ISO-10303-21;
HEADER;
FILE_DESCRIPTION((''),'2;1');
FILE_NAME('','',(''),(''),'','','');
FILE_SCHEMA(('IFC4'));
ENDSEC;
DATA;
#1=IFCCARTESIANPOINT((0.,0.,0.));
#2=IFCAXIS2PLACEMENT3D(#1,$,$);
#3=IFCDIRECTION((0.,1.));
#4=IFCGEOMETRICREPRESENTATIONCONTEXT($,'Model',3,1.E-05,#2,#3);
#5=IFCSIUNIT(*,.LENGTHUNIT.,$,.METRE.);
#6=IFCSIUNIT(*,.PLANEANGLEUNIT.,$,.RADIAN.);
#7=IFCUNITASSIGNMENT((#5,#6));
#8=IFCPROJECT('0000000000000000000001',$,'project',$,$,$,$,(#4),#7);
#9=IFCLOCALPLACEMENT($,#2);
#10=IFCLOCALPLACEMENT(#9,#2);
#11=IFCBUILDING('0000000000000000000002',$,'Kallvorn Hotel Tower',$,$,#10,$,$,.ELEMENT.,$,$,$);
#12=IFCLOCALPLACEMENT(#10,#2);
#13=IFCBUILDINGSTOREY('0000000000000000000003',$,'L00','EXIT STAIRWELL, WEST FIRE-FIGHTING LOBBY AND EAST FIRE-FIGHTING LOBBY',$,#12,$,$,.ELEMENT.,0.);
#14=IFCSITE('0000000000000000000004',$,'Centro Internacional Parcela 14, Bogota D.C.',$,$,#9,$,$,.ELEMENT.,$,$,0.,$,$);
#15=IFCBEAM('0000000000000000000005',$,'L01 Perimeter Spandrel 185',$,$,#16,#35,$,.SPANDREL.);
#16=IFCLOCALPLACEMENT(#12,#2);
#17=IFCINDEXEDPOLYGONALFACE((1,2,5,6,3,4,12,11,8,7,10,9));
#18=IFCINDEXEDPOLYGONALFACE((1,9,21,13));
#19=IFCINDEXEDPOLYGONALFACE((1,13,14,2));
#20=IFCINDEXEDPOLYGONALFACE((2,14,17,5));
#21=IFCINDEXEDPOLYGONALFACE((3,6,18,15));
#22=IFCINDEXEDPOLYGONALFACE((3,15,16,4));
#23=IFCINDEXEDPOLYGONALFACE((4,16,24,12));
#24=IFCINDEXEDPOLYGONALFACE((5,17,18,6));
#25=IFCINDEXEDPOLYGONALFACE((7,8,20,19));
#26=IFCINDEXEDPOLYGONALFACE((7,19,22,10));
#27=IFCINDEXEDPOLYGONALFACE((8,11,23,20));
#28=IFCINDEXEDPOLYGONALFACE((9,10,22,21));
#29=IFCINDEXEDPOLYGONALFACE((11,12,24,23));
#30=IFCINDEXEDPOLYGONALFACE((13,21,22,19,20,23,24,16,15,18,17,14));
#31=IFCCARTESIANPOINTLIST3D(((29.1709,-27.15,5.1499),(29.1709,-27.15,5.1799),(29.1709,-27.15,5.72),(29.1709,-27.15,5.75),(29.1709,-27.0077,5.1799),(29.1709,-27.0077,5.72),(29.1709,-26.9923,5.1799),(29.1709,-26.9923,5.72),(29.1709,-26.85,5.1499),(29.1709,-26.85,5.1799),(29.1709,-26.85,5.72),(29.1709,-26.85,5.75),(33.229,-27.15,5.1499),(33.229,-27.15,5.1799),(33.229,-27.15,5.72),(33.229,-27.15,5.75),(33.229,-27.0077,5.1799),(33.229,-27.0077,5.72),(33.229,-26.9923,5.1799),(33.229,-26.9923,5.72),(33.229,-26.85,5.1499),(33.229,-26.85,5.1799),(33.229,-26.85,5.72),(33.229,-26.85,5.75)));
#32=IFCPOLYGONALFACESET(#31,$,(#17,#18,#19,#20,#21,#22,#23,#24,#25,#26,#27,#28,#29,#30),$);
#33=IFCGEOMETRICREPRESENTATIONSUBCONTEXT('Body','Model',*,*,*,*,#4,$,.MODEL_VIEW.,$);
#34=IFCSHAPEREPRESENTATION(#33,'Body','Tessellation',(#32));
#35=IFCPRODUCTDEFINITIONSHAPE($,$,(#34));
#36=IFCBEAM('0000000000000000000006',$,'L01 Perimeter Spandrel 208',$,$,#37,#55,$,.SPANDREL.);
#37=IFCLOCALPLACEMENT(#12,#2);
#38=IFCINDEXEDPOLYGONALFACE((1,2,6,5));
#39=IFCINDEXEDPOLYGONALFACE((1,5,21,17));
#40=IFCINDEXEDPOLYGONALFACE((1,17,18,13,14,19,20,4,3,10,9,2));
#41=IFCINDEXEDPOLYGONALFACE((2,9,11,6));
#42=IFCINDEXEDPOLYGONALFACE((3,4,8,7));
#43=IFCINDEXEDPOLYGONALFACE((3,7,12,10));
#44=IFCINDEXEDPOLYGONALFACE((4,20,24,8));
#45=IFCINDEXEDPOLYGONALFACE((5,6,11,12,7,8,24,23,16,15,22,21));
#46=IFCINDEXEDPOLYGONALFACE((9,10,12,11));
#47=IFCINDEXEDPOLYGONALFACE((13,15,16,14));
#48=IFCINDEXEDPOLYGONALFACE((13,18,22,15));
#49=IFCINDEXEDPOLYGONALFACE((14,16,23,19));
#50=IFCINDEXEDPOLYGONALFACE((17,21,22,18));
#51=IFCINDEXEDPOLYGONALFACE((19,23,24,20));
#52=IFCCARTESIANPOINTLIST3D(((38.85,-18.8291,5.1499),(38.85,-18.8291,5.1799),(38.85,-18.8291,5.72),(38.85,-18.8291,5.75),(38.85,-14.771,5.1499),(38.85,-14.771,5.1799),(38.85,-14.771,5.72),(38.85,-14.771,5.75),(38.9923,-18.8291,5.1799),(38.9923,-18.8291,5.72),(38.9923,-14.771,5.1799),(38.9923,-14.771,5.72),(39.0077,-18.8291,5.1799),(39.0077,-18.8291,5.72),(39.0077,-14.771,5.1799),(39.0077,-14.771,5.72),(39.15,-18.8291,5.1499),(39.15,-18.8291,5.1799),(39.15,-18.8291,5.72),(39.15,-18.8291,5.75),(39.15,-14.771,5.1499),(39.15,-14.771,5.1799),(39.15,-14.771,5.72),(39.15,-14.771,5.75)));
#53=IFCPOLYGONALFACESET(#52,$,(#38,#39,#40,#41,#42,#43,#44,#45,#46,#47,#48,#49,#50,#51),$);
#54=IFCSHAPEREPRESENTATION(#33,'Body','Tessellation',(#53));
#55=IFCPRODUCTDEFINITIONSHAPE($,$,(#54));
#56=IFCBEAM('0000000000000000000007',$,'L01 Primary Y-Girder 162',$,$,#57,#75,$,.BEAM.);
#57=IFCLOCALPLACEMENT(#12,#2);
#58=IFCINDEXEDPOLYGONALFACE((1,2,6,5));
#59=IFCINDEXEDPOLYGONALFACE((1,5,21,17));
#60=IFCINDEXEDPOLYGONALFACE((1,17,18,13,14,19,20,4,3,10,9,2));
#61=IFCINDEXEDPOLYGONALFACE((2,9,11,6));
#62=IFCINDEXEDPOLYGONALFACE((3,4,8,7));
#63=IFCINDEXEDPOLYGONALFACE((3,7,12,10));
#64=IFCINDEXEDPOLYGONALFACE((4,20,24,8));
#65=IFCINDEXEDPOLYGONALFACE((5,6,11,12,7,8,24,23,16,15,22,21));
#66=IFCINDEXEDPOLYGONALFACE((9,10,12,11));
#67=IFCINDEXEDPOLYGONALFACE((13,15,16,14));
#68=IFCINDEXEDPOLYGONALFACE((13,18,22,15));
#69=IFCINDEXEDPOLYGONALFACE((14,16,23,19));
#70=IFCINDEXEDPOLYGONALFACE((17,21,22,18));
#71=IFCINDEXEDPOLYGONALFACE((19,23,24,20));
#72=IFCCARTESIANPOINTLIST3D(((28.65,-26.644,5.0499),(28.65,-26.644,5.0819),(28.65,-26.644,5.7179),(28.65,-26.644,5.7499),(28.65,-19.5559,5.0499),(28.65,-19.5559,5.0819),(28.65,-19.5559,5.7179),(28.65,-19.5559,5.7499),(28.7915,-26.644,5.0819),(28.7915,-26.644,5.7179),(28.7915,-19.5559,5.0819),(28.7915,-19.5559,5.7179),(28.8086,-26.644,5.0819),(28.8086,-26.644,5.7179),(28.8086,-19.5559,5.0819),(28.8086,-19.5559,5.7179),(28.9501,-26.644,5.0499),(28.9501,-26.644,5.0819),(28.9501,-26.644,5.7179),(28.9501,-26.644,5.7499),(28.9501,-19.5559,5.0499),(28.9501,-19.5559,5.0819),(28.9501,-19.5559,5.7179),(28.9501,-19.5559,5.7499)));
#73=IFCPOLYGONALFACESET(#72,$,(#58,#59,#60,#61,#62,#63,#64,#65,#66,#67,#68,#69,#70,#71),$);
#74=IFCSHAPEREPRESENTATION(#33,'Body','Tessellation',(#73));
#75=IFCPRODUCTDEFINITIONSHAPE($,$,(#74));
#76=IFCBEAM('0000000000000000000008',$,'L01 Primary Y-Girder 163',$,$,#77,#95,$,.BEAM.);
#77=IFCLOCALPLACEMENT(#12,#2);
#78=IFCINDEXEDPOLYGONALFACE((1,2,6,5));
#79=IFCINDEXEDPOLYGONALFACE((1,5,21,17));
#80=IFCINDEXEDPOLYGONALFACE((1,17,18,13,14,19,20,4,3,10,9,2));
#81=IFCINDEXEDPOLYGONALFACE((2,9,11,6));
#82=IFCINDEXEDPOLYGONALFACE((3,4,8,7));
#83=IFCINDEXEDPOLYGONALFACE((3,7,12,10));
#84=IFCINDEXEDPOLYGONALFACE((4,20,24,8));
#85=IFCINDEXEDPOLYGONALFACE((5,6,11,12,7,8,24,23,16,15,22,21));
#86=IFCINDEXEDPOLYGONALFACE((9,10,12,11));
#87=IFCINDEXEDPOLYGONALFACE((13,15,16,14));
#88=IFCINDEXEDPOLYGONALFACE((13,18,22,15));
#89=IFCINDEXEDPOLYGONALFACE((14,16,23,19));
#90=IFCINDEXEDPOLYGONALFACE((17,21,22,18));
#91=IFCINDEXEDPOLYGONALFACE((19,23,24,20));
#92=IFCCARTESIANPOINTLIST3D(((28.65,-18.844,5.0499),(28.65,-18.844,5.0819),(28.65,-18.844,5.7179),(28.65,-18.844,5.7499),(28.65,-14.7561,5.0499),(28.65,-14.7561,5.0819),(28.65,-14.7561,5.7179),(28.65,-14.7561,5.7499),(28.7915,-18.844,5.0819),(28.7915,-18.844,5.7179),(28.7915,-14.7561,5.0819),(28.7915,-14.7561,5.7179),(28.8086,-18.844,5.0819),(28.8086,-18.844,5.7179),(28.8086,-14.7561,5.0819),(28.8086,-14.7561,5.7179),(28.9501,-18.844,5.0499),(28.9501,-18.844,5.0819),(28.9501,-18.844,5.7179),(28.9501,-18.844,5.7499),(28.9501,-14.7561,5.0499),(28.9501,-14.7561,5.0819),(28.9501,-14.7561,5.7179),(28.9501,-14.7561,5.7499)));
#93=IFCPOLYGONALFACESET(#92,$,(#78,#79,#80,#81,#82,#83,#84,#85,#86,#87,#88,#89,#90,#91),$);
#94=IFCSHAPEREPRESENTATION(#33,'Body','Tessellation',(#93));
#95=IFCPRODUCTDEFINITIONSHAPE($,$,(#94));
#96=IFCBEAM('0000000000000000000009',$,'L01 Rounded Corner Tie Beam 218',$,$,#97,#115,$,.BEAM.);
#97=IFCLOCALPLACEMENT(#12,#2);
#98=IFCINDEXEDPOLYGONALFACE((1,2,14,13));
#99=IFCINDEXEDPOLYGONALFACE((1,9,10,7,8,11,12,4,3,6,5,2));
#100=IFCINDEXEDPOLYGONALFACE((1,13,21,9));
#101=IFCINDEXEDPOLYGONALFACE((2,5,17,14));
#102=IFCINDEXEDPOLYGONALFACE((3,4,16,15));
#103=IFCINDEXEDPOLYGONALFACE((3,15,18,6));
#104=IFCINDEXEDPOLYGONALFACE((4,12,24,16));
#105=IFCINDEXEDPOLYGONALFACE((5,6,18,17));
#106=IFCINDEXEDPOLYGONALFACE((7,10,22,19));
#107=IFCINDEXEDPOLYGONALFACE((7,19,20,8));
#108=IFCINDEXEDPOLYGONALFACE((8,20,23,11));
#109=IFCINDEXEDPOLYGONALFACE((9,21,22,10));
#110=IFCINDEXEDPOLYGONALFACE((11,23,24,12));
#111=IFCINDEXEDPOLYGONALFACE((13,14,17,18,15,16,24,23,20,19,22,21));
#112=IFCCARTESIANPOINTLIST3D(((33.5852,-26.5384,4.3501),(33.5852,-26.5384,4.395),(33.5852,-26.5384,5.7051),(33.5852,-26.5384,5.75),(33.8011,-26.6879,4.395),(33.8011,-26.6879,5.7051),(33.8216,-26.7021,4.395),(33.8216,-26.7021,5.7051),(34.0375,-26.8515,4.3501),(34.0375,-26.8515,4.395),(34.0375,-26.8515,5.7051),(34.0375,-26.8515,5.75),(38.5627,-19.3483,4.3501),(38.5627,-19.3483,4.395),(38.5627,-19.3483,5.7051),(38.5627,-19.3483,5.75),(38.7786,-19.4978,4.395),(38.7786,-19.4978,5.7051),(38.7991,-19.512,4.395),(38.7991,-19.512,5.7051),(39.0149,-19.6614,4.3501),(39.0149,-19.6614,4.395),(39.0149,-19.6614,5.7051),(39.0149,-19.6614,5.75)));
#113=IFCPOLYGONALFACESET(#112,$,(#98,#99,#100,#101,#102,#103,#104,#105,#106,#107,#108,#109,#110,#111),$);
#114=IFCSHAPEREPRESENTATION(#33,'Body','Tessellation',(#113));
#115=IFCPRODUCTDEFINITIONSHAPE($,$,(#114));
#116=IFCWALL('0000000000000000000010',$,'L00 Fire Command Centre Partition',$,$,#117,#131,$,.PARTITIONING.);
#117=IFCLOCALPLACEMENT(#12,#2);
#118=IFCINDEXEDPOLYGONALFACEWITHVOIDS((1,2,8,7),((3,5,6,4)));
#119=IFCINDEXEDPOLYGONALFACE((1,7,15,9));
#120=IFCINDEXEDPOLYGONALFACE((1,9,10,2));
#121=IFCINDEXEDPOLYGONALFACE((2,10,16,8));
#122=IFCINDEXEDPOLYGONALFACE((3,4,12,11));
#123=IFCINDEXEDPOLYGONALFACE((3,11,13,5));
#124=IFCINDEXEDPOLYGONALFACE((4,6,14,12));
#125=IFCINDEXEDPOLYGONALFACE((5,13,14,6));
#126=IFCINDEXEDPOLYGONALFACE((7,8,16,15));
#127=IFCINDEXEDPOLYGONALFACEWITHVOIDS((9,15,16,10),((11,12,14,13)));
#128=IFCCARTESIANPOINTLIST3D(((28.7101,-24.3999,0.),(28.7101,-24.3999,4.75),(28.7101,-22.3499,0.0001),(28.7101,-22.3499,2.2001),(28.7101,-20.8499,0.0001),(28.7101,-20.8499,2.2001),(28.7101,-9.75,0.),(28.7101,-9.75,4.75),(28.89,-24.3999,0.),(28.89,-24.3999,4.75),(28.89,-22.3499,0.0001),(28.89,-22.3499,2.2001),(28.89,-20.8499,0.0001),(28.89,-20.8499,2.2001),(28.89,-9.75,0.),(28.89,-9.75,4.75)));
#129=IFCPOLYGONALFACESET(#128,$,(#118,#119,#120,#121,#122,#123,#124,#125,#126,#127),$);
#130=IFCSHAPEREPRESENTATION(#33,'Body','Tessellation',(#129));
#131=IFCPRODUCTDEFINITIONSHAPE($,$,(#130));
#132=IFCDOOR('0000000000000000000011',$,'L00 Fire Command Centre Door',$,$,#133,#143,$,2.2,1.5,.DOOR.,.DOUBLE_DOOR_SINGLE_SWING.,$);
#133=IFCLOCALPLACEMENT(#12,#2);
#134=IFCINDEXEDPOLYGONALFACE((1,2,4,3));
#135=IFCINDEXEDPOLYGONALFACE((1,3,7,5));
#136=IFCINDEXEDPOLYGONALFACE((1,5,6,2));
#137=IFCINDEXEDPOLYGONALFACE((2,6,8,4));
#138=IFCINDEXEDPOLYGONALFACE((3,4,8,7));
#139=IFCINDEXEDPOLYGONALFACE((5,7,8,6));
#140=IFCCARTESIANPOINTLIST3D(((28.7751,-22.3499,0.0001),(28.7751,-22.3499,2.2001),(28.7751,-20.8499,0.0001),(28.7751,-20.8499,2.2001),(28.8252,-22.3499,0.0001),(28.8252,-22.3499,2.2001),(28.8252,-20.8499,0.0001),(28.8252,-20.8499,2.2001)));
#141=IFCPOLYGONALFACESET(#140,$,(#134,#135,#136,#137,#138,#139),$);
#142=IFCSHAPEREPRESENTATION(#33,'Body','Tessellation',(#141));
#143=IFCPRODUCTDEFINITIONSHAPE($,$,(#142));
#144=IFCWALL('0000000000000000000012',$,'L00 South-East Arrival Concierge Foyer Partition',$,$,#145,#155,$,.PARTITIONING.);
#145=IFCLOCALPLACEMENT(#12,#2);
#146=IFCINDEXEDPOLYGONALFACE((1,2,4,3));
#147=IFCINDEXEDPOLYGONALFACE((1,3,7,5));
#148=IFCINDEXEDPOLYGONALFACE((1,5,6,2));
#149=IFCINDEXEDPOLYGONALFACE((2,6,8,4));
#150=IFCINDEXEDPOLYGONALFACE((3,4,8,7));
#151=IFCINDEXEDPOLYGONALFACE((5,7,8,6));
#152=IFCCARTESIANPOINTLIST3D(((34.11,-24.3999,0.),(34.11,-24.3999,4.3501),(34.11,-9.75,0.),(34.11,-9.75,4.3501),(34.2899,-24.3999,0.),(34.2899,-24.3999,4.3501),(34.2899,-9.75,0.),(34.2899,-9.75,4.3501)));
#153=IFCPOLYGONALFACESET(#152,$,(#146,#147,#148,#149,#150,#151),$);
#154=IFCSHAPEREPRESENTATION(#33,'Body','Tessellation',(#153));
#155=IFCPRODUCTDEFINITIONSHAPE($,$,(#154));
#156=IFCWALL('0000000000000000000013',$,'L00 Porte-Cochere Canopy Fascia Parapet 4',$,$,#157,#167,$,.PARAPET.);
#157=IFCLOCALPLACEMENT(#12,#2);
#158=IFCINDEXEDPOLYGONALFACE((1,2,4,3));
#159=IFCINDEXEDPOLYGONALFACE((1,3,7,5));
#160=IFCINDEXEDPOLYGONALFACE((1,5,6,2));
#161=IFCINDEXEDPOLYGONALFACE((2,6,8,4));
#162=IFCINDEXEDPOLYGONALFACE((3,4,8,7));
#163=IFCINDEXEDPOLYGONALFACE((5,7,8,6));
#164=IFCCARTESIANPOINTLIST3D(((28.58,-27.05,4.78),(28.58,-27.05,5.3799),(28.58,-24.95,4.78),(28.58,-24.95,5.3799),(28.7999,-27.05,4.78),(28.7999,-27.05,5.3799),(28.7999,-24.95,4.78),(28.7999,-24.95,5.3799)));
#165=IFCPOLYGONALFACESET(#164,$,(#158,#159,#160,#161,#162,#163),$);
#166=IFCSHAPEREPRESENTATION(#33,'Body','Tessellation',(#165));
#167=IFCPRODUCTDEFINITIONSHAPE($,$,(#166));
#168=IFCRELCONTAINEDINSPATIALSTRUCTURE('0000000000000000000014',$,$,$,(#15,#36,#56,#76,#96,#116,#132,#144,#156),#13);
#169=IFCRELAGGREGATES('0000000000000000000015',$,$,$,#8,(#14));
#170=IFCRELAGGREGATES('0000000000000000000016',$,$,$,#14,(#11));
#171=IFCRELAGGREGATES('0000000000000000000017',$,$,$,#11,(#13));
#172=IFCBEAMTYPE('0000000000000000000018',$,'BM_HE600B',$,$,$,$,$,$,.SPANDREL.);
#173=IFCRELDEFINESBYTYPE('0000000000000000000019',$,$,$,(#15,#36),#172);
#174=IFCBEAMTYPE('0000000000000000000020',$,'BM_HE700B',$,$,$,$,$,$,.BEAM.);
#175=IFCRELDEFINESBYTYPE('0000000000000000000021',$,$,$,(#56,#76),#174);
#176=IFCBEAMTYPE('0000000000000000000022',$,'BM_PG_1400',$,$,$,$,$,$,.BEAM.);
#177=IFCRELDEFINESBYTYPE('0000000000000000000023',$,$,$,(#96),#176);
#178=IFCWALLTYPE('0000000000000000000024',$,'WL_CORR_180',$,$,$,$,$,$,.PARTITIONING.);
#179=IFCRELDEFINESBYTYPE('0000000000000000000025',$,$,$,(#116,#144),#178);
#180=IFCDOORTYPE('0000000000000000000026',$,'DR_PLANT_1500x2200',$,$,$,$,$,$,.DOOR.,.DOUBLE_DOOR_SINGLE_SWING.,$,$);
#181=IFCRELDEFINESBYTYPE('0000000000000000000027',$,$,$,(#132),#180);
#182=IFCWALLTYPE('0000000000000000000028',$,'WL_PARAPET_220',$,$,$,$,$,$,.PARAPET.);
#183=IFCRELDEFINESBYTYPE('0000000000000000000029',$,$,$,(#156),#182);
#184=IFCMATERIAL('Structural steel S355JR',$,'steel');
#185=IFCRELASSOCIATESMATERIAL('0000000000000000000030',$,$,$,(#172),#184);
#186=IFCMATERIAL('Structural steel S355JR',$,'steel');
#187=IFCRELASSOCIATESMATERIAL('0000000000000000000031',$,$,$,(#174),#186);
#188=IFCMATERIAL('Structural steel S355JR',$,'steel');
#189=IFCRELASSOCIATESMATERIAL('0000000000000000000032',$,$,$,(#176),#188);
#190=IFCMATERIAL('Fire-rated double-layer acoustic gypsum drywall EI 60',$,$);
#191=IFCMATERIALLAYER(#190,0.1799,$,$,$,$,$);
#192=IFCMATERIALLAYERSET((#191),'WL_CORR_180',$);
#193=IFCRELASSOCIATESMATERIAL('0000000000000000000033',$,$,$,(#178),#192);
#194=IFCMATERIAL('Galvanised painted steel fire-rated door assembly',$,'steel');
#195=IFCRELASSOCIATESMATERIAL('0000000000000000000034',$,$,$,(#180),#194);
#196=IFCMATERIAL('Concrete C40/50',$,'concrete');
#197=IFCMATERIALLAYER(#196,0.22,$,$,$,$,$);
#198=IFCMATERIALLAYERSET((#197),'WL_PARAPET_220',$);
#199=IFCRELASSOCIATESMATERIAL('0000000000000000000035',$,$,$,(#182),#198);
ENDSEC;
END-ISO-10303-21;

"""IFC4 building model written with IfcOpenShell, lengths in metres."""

from ifc_helpers import new_model, si_unit, direction, frame, frame_2d, origin, origin_2d, place, context, subcontext, project, spatial, rectangle, i_section, extrude, material, layer, layer_set, material_profile, profile_set, type_object, element, fill, save


model = new_model("IFC4")

# Units and contexts
model_context = context("Model", 3, precision=1e-05, world=origin(), true_north=direction((0.0, 1.0)))
body_context = subcontext(model_context, "Body", "Model", "MODEL_VIEW")
ifc_project = project(units=[si_unit("LENGTHUNIT", "METRE"), si_unit("PLANEANGLEUNIT", "RADIAN")], contexts=[model_context])

# Site, building, storey
site_placement = place(None, origin())
site = spatial("IfcSite", under=ifc_project, at=site_placement, Name="Centro Internacional Parcela 14, Bogota D.C.", CompositionType="ELEMENT", RefElevation=0.0)
building_placement = place(site_placement, origin())
building = spatial("IfcBuilding", under=site, at=building_placement, Name="Kallvorn Hotel Tower", CompositionType="ELEMENT")
storey_placement = place(building_placement, origin())
storey = spatial("IfcBuildingStorey", under=building, at=storey_placement, Name="L00", Description="EXIT STAIRWELL, WEST FIRE-FIGHTING LOBBY AND EAST FIRE-FIGHTING LOBBY", CompositionType="ELEMENT", Elevation=0.0)

# Beams
ifc_material_1 = material(Name="Structural steel S355JR", Category="steel")
ifc_material_profile_1 = material_profile(ifc_material_1, i_section(OverallWidth=0.3, OverallDepth=0.6001, WebThickness=0.0154, FlangeThickness=0.03, at=origin_2d()), Name="HE 600 B")
ifc_profile_set_1 = profile_set([ifc_material_profile_1], Name="Structural steel S355JR")
beam_type_1 = type_object("IfcBeamType", Name="BM_HE600B", PredefinedType="SPANDREL", material=ifc_profile_set_1)
for number, where, z_axis, x_axis, name in (
    (1, (29.1709, -27.0, 5.45), (1.0, 0.0, 0.0), (0.0, 1.0, 0.0), "L01 Perimeter Spandrel 185"),
    (2, (39.0, -18.8291, 5.45), (0.0, 1.0, 0.0), (-1.0, 0.0, 0.0), "L01 Perimeter Spandrel 208"),
):
    element("IfcBeam", number, at=place(storey_placement, frame(where, z_axis=z_axis, x_axis=x_axis)), inside=storey, type_object=beam_type_1, Name=name, PredefinedType="SPANDREL", context=body_context, shape_type="SweptSolid", body=[
        extrude(i_section(OverallWidth=0.3, OverallDepth=0.6001, WebThickness=0.0154, FlangeThickness=0.03, at=origin_2d()), origin(), (0.0, 0.0, 1.0), 4.0581),
    ])
ifc_material_2 = material(Name="Structural steel S355JR", Category="steel")
ifc_material_profile_2 = material_profile(ifc_material_2, i_section(OverallWidth=0.3, OverallDepth=0.7, WebThickness=0.0171, FlangeThickness=0.032, at=origin_2d()), Name="HE 700 B")
ifc_profile_set_2 = profile_set([ifc_material_profile_2], Name="Structural steel S355JR")
beam_type_2 = type_object("IfcBeamType", Name="BM_HE700B", PredefinedType="BEAM", material=ifc_profile_set_2)
beam_1_placement = place(storey_placement, frame((28.8, -26.644, 5.3999), z_axis=(0.0, 1.0, 0.0), x_axis=(-1.0, 0.0, 0.0)))
element("IfcBeam", 3, at=beam_1_placement, inside=storey, type_object=beam_type_2, Name="L01 Primary Y-Girder 162", PredefinedType="BEAM", context=body_context, shape_type="SweptSolid", body=[
    extrude(i_section(OverallWidth=0.3, OverallDepth=0.7, WebThickness=0.0171, FlangeThickness=0.032, at=origin_2d()), origin(), (0.0, 0.0, 1.0), 7.0881),
])
beam_2_placement = place(storey_placement, frame((28.8, -18.844, 5.3999), z_axis=(0.0, 1.0, 0.0), x_axis=(-1.0, 0.0, 0.0)))
element("IfcBeam", 4, at=beam_2_placement, inside=storey, type_object=beam_type_2, Name="L01 Primary Y-Girder 163", PredefinedType="BEAM", context=body_context, shape_type="SweptSolid", body=[
    extrude(i_section(OverallWidth=0.3, OverallDepth=0.7, WebThickness=0.0171, FlangeThickness=0.032, at=origin_2d()), origin(), (0.0, 0.0, 1.0), 4.0879),
])
ifc_material_3 = material(Name="Structural steel S355JR", Category="steel")
ifc_material_profile_3 = material_profile(ifc_material_3, i_section(OverallWidth=0.55, OverallDepth=1.3999, WebThickness=0.0249, FlangeThickness=0.0449, at=origin_2d()), Name="PG 1400x550x25x45")
ifc_profile_set_3 = profile_set([ifc_material_profile_3], Name="Structural steel S355JR")
beam_type_3 = type_object("IfcBeamType", Name="BM_PG_1400", PredefinedType="BEAM", material=ifc_profile_set_3)
beam_3_placement = place(storey_placement, frame((38.7888, -19.5049, 5.05), z_axis=(-0.569188, -0.822207, 0.0), x_axis=(0.822207, -0.569188, 0.0)))
element("IfcBeam", 5, at=beam_3_placement, inside=storey, type_object=beam_type_3, Name="L01 Rounded Corner Tie Beam 218", PredefinedType="BEAM", context=body_context, shape_type="SweptSolid", body=[
    extrude(i_section(OverallWidth=0.55, OverallDepth=1.3999, WebThickness=0.0249, FlangeThickness=0.0449, at=origin_2d()), origin(), (0.0, 0.0, 1.0), 8.7449),
])

# Wall, opening, door
ifc_material_4 = material(Name="Fire-rated double-layer acoustic gypsum drywall EI 60")
ifc_layer_1 = layer(ifc_material_4, 0.1799)
ifc_layer_set_1 = layer_set([ifc_layer_1], Name="WL_CORR_180")
wall_type_1 = type_object("IfcWallType", Name="WL_CORR_180", PredefinedType="PARTITIONING", material=ifc_layer_set_1)
wall_1_placement = place(storey_placement, frame((28.8, -24.3999, 0.0), z_axis=(0.0, 0.0, 1.0), x_axis=(0.0, 1.0, 0.0)))
wall_1 = element("IfcWall", 6, at=wall_1_placement, inside=storey, type_object=wall_type_1, Name="L00 Fire Command Centre Partition", PredefinedType="PARTITIONING", context=body_context, shape_type="SweptSolid", body=[
    extrude(rectangle(XDim=14.6499, YDim=0.1799, at=frame_2d((7.325, 0.0))), origin(), (0.0, 0.0, 1.0), 4.75),
])
opening_1_placement = place(wall_1_placement, frame((2.05, 0.0, 0.0)))
opening_1 = element("IfcOpeningElement", 7, at=opening_1_placement, cuts=wall_1, PredefinedType="OPENING", context=body_context, shape_type="SweptSolid", body=[
    extrude(rectangle(XDim=1.5, YDim=2.2, at=frame_2d((0.75, 1.1001))), frame((0.0, 0.1047, 0.0), z_axis=(0.0, -1.0, 0.0), x_axis=(1.0, 0.0, 0.0)), (0.0, 0.0, 1.0), 0.21),
])
ifc_material_5 = material(Name="Galvanised painted steel fire-rated door assembly", Category="steel")
door_type_1 = type_object("IfcDoorType", Name="DR_PLANT_1500x2200", OperationType="DOUBLE_DOOR_SINGLE_SWING", PredefinedType="DOOR", material=ifc_material_5)
door_1_placement = place(opening_1_placement, origin())
door_1 = element("IfcDoor", 8, at=door_1_placement, inside=storey, type_object=door_type_1, Name="L00 Fire Command Centre Door", OperationType="DOUBLE_DOOR_SINGLE_SWING", OverallHeight=2.2, OverallWidth=1.5, PredefinedType="DOOR", context=body_context, shape_type="SweptSolid", body=[
    extrude(rectangle(XDim=1.5, YDim=2.2, at=frame_2d((0.75, 1.1001))), frame((0.0, 0.0249, 0.0), z_axis=(0.0, -1.0, 0.0), x_axis=(1.0, 0.0, 0.0)), (0.0, 0.0, 1.0), 0.05),
])
fill(opening_1, door_1)

# Wall
wall_2_placement = place(storey_placement, frame((34.2, -24.3999, 0.0), z_axis=(0.0, 0.0, 1.0), x_axis=(0.0, 1.0, 0.0)))
element("IfcWall", 9, at=wall_2_placement, inside=storey, type_object=wall_type_1, Name="L00 South-East Arrival Concierge Foyer Partition", PredefinedType="PARTITIONING", context=body_context, shape_type="SweptSolid", body=[
    extrude(rectangle(XDim=14.6499, YDim=0.1799, at=frame_2d((7.325, 0.0))), origin(), (0.0, 0.0, 1.0), 4.3501),
])

# Wall
ifc_material_6 = material(Name="Concrete C40/50", Category="concrete")
ifc_layer_2 = layer(ifc_material_6, 0.22)
ifc_layer_set_2 = layer_set([ifc_layer_2], Name="WL_PARAPET_220")
wall_type_2 = type_object("IfcWallType", Name="WL_PARAPET_220", PredefinedType="PARAPET", material=ifc_layer_set_2)
wall_3_placement = place(storey_placement, frame((28.6899, -27.05, 4.78), z_axis=(0.0, 0.0, 1.0), x_axis=(0.0, 1.0, 0.0)))
element("IfcWall", 10, at=wall_3_placement, inside=storey, type_object=wall_type_2, Name="L00 Porte-Cochere Canopy Fascia Parapet 4", PredefinedType="PARAPET", context=body_context, shape_type="SweptSolid", body=[
    extrude(rectangle(XDim=2.1001, YDim=0.22, at=frame_2d((1.05, 0.0))), origin(), (0.0, 0.0, 1.0), 0.5999),
])

save(model, "model.ifc")
